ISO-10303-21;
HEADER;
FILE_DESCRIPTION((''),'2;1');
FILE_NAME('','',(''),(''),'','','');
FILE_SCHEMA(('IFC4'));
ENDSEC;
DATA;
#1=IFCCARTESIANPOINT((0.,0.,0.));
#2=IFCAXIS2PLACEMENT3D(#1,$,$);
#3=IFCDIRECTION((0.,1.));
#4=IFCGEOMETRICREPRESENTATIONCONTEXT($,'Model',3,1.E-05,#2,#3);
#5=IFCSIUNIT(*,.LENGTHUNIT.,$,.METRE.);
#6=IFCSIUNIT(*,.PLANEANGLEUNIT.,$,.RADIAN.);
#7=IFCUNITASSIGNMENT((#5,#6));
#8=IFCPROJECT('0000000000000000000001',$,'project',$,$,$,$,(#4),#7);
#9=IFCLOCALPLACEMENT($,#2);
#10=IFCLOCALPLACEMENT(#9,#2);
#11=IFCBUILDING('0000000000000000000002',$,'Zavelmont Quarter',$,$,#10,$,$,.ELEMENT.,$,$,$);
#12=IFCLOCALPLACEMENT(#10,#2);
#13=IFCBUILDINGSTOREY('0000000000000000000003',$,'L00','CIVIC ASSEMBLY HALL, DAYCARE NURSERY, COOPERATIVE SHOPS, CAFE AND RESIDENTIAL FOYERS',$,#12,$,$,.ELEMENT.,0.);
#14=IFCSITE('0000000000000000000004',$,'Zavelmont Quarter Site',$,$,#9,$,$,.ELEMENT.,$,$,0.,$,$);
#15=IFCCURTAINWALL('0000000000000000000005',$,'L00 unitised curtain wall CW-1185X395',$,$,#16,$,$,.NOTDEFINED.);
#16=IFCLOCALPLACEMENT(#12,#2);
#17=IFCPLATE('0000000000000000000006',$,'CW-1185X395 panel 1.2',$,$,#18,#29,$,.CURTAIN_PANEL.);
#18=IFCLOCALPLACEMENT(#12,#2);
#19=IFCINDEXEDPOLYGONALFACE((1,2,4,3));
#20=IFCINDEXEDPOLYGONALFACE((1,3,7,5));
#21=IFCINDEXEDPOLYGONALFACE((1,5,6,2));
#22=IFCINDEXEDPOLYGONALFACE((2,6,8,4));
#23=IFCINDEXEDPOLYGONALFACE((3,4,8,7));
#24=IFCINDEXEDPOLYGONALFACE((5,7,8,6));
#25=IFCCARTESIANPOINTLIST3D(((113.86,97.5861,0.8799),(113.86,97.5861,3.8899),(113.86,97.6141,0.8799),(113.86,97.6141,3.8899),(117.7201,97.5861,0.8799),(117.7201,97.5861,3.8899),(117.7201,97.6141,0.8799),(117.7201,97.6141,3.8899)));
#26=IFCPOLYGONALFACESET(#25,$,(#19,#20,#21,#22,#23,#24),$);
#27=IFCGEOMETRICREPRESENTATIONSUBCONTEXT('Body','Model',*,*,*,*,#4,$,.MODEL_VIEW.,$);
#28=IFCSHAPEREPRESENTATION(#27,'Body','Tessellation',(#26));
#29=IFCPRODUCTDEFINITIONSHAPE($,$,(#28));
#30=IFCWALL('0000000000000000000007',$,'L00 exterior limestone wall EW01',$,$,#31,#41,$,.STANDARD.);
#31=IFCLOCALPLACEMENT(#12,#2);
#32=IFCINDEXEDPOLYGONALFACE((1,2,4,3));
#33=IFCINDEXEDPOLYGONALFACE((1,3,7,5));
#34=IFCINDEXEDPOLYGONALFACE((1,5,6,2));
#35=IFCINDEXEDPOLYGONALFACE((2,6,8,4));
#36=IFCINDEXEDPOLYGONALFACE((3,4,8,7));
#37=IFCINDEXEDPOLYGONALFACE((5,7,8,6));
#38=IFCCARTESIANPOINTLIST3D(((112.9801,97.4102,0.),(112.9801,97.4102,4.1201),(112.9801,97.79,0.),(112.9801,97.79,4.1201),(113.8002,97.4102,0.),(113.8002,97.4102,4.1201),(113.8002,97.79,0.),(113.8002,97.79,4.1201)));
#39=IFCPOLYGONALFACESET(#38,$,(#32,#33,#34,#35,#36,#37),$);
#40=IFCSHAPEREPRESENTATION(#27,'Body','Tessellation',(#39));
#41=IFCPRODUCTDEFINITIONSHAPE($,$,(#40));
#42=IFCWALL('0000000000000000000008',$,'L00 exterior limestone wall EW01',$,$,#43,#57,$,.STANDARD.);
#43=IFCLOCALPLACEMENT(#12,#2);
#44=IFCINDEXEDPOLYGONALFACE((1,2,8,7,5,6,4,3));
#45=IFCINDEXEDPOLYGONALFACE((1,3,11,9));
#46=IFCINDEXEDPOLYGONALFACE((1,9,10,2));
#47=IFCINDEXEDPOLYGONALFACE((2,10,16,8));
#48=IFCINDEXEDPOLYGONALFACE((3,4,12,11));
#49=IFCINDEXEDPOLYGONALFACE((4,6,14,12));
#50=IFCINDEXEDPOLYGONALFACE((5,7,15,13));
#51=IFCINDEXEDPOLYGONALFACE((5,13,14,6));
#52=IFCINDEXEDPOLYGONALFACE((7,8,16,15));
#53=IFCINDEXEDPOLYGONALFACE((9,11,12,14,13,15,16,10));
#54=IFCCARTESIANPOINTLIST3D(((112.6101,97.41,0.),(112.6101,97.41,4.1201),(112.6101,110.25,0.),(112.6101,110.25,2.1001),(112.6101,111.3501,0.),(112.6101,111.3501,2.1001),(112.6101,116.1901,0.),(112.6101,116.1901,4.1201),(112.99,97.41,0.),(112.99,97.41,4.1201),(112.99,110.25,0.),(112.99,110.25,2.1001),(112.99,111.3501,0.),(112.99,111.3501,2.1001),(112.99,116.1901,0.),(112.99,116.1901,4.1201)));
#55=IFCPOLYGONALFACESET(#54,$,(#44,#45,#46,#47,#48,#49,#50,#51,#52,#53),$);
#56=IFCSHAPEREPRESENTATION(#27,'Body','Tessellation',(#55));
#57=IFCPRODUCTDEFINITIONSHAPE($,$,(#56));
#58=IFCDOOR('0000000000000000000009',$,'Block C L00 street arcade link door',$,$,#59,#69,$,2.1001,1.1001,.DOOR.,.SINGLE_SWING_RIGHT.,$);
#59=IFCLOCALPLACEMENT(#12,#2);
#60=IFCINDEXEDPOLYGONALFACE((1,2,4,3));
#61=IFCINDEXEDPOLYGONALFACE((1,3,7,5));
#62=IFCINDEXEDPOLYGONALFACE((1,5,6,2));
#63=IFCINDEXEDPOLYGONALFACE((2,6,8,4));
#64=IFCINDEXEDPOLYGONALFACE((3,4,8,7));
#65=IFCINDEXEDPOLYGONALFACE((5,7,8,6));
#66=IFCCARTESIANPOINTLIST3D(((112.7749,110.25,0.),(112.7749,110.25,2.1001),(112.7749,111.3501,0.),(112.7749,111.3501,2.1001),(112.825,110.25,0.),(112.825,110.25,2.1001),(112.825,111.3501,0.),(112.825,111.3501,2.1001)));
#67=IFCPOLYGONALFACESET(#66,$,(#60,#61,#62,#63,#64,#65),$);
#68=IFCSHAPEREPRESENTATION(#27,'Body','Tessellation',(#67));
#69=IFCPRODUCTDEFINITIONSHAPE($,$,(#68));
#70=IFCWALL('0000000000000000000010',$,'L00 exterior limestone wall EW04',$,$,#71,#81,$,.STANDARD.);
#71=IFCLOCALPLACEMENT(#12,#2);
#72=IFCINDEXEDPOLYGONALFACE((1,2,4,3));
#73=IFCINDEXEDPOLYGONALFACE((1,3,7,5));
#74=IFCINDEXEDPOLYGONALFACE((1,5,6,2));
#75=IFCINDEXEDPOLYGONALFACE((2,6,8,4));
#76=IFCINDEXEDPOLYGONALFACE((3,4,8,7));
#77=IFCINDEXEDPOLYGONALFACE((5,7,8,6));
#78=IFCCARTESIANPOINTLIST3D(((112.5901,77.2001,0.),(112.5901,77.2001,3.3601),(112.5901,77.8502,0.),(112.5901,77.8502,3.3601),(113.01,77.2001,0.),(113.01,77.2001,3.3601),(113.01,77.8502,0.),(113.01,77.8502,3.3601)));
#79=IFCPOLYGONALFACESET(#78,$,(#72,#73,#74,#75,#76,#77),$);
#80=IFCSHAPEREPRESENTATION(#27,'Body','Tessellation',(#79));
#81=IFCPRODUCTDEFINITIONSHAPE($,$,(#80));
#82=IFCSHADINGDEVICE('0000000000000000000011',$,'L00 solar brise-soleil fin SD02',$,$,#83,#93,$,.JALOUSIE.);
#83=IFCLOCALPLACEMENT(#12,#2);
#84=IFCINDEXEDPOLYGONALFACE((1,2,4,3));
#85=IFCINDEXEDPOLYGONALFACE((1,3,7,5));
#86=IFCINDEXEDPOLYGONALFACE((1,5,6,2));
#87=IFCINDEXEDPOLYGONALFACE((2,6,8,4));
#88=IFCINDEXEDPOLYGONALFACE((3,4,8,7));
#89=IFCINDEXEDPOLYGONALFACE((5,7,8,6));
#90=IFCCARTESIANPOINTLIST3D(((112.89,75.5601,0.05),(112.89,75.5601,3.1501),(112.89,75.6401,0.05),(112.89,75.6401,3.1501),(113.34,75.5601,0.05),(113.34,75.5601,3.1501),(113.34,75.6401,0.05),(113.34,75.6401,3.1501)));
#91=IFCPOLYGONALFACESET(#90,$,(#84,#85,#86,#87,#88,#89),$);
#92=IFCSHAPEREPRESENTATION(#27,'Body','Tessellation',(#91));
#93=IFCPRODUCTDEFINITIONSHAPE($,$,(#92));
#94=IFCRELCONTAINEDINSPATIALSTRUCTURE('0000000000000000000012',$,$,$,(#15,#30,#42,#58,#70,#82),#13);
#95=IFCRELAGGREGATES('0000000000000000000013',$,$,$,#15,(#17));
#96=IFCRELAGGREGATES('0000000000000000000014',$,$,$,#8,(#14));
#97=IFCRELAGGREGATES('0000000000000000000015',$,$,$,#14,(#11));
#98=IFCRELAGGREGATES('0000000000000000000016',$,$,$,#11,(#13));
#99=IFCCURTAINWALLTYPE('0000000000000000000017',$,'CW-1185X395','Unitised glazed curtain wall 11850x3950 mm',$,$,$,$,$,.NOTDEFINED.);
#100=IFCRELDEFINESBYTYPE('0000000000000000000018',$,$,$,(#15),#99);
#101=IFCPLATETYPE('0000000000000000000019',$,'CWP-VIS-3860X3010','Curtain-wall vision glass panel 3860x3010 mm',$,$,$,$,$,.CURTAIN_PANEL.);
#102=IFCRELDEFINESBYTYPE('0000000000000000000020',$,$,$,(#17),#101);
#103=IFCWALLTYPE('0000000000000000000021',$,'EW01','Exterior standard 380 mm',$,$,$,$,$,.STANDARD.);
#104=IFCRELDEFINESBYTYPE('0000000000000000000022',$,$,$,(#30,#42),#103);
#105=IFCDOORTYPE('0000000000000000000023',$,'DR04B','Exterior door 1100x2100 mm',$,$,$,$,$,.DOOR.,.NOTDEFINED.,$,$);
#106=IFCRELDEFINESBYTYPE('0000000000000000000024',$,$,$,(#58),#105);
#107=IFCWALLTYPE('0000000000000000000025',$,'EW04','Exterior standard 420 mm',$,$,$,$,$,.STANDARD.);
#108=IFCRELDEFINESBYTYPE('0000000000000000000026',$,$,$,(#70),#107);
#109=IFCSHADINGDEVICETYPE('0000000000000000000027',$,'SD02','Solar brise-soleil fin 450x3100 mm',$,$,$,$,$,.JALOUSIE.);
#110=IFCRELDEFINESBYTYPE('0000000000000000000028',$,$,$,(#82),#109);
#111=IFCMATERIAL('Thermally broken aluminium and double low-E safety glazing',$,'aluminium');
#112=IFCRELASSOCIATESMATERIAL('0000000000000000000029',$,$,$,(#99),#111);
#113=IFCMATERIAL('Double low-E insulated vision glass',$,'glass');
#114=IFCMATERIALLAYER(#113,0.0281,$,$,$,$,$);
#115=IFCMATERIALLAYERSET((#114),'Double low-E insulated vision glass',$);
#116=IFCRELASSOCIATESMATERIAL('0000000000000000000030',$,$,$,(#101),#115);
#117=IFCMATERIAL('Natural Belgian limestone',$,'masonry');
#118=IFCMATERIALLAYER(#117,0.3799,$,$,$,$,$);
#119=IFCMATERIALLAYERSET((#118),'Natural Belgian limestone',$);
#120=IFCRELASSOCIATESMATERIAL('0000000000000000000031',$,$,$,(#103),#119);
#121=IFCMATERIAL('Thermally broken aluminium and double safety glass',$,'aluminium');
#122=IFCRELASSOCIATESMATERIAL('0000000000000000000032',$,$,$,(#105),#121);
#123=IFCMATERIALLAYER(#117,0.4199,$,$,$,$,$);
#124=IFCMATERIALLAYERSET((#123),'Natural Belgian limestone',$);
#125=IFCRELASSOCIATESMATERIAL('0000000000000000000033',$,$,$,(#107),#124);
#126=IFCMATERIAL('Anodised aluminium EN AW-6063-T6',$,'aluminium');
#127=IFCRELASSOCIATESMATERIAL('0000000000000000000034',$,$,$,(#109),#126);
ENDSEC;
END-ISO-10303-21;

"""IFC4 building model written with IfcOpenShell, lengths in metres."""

from ifc_helpers import new_model, si_unit, direction, frame, frame_2d, origin, origin_2d, place, context, subcontext, project, spatial, rectangle, extrude, material, layer, layer_set, type_object, element, fill, aggregate, save


model = new_model("IFC4")

# Units and contexts
model_context = context("Model", 3, precision=1e-05, world=origin(), true_north=direction((0.0, 1.0)))
body_context = subcontext(model_context, "Body", "Model", "MODEL_VIEW")
ifc_project = project(units=[si_unit("LENGTHUNIT", "METRE"), si_unit("PLANEANGLEUNIT", "RADIAN")], contexts=[model_context])

# Site, building, storey
site_placement = place(None, origin())
site = spatial("IfcSite", under=ifc_project, at=site_placement, Name="Zavelmont Quarter Site", CompositionType="ELEMENT", RefElevation=0.0)
building_placement = place(site_placement, origin())
building = spatial("IfcBuilding", under=site, at=building_placement, Name="Zavelmont Quarter", CompositionType="ELEMENT")
storey_placement = place(building_placement, origin())
storey = spatial("IfcBuildingStorey", under=building, at=storey_placement, Name="L00", Description="CIVIC ASSEMBLY HALL, DAYCARE NURSERY, COOPERATIVE SHOPS, CAFE AND RESIDENTIAL FOYERS", CompositionType="ELEMENT", Elevation=0.0)

# Curtain wall
ifc_material_1 = material(Name="Thermally broken aluminium and double low-E safety glazing", Category="aluminium")
curtain_wall_type_1 = type_object("IfcCurtainWallType", Name="CW-1185X395", Description="Unitised glazed curtain wall 11850x3950 mm", PredefinedType="NOTDEFINED", material=ifc_material_1)
curtain_wall_1_placement = place(storey_placement, origin())
curtain_wall_1 = element("IfcCurtainWall", 1, at=curtain_wall_1_placement, inside=storey, type_object=curtain_wall_type_1, Name="L00 unitised curtain wall CW-1185X395", PredefinedType="NOTDEFINED")

# Plate
ifc_material_2 = material(Name="Double low-E insulated vision glass", Category="glass")
ifc_layer_1 = layer(ifc_material_2, 0.0281)
ifc_layer_set_1 = layer_set([ifc_layer_1], Name="Double low-E insulated vision glass")
plate_type_1 = type_object("IfcPlateType", Name="CWP-VIS-3860X3010", Description="Curtain-wall vision glass panel 3860x3010 mm", PredefinedType="CURTAIN_PANEL", material=ifc_layer_set_1)
plate_1_placement = place(storey_placement, frame((115.79, 97.6001, 0.8799), z_axis=(0.0, 0.0, 1.0), x_axis=(1.0, 0.0, 0.0)))
plate_1 = element("IfcPlate", 2, at=plate_1_placement, type_object=plate_type_1, Name="CW-1185X395 panel 1.2", PredefinedType="CURTAIN_PANEL", context=body_context, shape_type="SweptSolid", body=[
    extrude(rectangle(XDim=3.8601, YDim=0.0281, at=origin_2d()), origin(), (0.0, 0.0, 1.0), 3.01),
])
aggregate(curtain_wall_1, [plate_1])

# Wall
ifc_material_3 = material(Name="Natural Belgian limestone", Category="masonry")
ifc_layer_2 = layer(ifc_material_3, 0.3799)
ifc_layer_set_2 = layer_set([ifc_layer_2], Name="Natural Belgian limestone")
wall_type_1 = type_object("IfcWallType", Name="EW01", Description="Exterior standard 380 mm", PredefinedType="STANDARD", material=ifc_layer_set_2)
wall_1_placement = place(storey_placement, frame((112.98, 97.6001, 0.0), z_axis=(0.0, 0.0, 1.0), x_axis=(1.0, 0.0, 0.0)))
element("IfcWall", 3, at=wall_1_placement, inside=storey, type_object=wall_type_1, Name="L00 exterior limestone wall EW01", PredefinedType="STANDARD", context=body_context, shape_type="SweptSolid", body=[
    extrude(rectangle(XDim=0.8201, YDim=0.3799, at=frame_2d((0.4102, 0.0))), origin(), (0.0, 0.0, 1.0), 4.1201),
])

# Wall, opening, door
wall_2_placement = place(storey_placement, frame((112.8, 97.4099, 0.0), z_axis=(0.0, 0.0, 1.0), x_axis=(0.0, 1.0, 0.0)))
wall_2 = element("IfcWall", 4, at=wall_2_placement, inside=storey, type_object=wall_type_1, Name="L00 exterior limestone wall EW01", PredefinedType="STANDARD", context=body_context, shape_type="SweptSolid", body=[
    extrude(rectangle(XDim=18.78, YDim=0.3799, at=frame_2d((9.3901, 0.0))), origin(), (0.0, 0.0, 1.0), 4.1201),
])
opening_placement = place(wall_2_placement, frame((12.8401, 0.0, 0.0)))
opening = element("IfcOpeningElement", 5, at=opening_placement, cuts=wall_2, PredefinedType="OPENING", context=body_context, shape_type="SweptSolid", body=[
    extrude(rectangle(XDim=1.1001, YDim=2.1001, at=frame_2d((0.55, 1.05))), frame((0.0, 0.2019, 0.0), z_axis=(0.0, -1.0, 0.0), x_axis=(1.0, 0.0, 0.0)), (0.0, 0.0, 1.0), 0.4038),
])
ifc_material_4 = material(Name="Thermally broken aluminium and double safety glass", Category="aluminium")
door_type = type_object("IfcDoorType", Name="DR04B", Description="Exterior door 1100x2100 mm", OperationType="NOTDEFINED", PredefinedType="DOOR", material=ifc_material_4)
door_placement = place(opening_placement, frame((1.1001, 0.0, 0.0), z_axis=(0.0, 0.0, 1.0), x_axis=(-1.0, 0.0, 0.0)))
door = element("IfcDoor", 6, at=door_placement, inside=storey, type_object=door_type, Name="Block C L00 street arcade link door", OperationType="SINGLE_SWING_RIGHT", OverallHeight=2.1001, OverallWidth=1.1001, PredefinedType="DOOR", context=body_context, shape_type="SweptSolid", body=[
    extrude(rectangle(XDim=1.1001, YDim=2.1001, at=frame_2d((0.55, 1.05))), frame((0.0, 0.0249, 0.0), z_axis=(0.0, -1.0, 0.0), x_axis=(1.0, 0.0, 0.0)), (0.0, 0.0, 1.0), 0.05),
])
fill(opening, door)

# Wall
ifc_layer_3 = layer(ifc_material_3, 0.4199)
ifc_layer_set_3 = layer_set([ifc_layer_3], Name="Natural Belgian limestone")
wall_type_2 = type_object("IfcWallType", Name="EW04", Description="Exterior standard 420 mm", PredefinedType="STANDARD", material=ifc_layer_set_3)
wall_3_placement = place(storey_placement, frame((112.8, 77.2, 0.0), z_axis=(0.0, 0.0, 1.0), x_axis=(0.0, 1.0, 0.0)))
element("IfcWall", 7, at=wall_3_placement, inside=storey, type_object=wall_type_2, Name="L00 exterior limestone wall EW04", PredefinedType="STANDARD", context=body_context, shape_type="SweptSolid", body=[
    extrude(rectangle(XDim=0.6501, YDim=0.4199, at=frame_2d((0.3252, 0.0))), origin(), (0.0, 0.0, 1.0), 3.3601),
])

# Shading device
ifc_material_5 = material(Name="Anodised aluminium EN AW-6063-T6", Category="aluminium")
shading_device_type = type_object("IfcShadingDeviceType", Name="SD02", Description="Solar brise-soleil fin 450x3100 mm", PredefinedType="JALOUSIE", material=ifc_material_5)
shading_device_placement = place(storey_placement, frame((113.115, 75.6001, 0.05), z_axis=(0.0, 0.0, 1.0), x_axis=(0.0, 1.0, 0.0)))
element("IfcShadingDevice", 8, at=shading_device_placement, inside=storey, type_object=shading_device_type, Name="L00 solar brise-soleil fin SD02", PredefinedType="JALOUSIE", context=body_context, shape_type="SweptSolid", body=[
    extrude(rectangle(XDim=0.0801, YDim=0.45, at=origin_2d()), origin(), (0.0, 0.0, 1.0), 3.1001),
])

save(model, "model.ifc")
